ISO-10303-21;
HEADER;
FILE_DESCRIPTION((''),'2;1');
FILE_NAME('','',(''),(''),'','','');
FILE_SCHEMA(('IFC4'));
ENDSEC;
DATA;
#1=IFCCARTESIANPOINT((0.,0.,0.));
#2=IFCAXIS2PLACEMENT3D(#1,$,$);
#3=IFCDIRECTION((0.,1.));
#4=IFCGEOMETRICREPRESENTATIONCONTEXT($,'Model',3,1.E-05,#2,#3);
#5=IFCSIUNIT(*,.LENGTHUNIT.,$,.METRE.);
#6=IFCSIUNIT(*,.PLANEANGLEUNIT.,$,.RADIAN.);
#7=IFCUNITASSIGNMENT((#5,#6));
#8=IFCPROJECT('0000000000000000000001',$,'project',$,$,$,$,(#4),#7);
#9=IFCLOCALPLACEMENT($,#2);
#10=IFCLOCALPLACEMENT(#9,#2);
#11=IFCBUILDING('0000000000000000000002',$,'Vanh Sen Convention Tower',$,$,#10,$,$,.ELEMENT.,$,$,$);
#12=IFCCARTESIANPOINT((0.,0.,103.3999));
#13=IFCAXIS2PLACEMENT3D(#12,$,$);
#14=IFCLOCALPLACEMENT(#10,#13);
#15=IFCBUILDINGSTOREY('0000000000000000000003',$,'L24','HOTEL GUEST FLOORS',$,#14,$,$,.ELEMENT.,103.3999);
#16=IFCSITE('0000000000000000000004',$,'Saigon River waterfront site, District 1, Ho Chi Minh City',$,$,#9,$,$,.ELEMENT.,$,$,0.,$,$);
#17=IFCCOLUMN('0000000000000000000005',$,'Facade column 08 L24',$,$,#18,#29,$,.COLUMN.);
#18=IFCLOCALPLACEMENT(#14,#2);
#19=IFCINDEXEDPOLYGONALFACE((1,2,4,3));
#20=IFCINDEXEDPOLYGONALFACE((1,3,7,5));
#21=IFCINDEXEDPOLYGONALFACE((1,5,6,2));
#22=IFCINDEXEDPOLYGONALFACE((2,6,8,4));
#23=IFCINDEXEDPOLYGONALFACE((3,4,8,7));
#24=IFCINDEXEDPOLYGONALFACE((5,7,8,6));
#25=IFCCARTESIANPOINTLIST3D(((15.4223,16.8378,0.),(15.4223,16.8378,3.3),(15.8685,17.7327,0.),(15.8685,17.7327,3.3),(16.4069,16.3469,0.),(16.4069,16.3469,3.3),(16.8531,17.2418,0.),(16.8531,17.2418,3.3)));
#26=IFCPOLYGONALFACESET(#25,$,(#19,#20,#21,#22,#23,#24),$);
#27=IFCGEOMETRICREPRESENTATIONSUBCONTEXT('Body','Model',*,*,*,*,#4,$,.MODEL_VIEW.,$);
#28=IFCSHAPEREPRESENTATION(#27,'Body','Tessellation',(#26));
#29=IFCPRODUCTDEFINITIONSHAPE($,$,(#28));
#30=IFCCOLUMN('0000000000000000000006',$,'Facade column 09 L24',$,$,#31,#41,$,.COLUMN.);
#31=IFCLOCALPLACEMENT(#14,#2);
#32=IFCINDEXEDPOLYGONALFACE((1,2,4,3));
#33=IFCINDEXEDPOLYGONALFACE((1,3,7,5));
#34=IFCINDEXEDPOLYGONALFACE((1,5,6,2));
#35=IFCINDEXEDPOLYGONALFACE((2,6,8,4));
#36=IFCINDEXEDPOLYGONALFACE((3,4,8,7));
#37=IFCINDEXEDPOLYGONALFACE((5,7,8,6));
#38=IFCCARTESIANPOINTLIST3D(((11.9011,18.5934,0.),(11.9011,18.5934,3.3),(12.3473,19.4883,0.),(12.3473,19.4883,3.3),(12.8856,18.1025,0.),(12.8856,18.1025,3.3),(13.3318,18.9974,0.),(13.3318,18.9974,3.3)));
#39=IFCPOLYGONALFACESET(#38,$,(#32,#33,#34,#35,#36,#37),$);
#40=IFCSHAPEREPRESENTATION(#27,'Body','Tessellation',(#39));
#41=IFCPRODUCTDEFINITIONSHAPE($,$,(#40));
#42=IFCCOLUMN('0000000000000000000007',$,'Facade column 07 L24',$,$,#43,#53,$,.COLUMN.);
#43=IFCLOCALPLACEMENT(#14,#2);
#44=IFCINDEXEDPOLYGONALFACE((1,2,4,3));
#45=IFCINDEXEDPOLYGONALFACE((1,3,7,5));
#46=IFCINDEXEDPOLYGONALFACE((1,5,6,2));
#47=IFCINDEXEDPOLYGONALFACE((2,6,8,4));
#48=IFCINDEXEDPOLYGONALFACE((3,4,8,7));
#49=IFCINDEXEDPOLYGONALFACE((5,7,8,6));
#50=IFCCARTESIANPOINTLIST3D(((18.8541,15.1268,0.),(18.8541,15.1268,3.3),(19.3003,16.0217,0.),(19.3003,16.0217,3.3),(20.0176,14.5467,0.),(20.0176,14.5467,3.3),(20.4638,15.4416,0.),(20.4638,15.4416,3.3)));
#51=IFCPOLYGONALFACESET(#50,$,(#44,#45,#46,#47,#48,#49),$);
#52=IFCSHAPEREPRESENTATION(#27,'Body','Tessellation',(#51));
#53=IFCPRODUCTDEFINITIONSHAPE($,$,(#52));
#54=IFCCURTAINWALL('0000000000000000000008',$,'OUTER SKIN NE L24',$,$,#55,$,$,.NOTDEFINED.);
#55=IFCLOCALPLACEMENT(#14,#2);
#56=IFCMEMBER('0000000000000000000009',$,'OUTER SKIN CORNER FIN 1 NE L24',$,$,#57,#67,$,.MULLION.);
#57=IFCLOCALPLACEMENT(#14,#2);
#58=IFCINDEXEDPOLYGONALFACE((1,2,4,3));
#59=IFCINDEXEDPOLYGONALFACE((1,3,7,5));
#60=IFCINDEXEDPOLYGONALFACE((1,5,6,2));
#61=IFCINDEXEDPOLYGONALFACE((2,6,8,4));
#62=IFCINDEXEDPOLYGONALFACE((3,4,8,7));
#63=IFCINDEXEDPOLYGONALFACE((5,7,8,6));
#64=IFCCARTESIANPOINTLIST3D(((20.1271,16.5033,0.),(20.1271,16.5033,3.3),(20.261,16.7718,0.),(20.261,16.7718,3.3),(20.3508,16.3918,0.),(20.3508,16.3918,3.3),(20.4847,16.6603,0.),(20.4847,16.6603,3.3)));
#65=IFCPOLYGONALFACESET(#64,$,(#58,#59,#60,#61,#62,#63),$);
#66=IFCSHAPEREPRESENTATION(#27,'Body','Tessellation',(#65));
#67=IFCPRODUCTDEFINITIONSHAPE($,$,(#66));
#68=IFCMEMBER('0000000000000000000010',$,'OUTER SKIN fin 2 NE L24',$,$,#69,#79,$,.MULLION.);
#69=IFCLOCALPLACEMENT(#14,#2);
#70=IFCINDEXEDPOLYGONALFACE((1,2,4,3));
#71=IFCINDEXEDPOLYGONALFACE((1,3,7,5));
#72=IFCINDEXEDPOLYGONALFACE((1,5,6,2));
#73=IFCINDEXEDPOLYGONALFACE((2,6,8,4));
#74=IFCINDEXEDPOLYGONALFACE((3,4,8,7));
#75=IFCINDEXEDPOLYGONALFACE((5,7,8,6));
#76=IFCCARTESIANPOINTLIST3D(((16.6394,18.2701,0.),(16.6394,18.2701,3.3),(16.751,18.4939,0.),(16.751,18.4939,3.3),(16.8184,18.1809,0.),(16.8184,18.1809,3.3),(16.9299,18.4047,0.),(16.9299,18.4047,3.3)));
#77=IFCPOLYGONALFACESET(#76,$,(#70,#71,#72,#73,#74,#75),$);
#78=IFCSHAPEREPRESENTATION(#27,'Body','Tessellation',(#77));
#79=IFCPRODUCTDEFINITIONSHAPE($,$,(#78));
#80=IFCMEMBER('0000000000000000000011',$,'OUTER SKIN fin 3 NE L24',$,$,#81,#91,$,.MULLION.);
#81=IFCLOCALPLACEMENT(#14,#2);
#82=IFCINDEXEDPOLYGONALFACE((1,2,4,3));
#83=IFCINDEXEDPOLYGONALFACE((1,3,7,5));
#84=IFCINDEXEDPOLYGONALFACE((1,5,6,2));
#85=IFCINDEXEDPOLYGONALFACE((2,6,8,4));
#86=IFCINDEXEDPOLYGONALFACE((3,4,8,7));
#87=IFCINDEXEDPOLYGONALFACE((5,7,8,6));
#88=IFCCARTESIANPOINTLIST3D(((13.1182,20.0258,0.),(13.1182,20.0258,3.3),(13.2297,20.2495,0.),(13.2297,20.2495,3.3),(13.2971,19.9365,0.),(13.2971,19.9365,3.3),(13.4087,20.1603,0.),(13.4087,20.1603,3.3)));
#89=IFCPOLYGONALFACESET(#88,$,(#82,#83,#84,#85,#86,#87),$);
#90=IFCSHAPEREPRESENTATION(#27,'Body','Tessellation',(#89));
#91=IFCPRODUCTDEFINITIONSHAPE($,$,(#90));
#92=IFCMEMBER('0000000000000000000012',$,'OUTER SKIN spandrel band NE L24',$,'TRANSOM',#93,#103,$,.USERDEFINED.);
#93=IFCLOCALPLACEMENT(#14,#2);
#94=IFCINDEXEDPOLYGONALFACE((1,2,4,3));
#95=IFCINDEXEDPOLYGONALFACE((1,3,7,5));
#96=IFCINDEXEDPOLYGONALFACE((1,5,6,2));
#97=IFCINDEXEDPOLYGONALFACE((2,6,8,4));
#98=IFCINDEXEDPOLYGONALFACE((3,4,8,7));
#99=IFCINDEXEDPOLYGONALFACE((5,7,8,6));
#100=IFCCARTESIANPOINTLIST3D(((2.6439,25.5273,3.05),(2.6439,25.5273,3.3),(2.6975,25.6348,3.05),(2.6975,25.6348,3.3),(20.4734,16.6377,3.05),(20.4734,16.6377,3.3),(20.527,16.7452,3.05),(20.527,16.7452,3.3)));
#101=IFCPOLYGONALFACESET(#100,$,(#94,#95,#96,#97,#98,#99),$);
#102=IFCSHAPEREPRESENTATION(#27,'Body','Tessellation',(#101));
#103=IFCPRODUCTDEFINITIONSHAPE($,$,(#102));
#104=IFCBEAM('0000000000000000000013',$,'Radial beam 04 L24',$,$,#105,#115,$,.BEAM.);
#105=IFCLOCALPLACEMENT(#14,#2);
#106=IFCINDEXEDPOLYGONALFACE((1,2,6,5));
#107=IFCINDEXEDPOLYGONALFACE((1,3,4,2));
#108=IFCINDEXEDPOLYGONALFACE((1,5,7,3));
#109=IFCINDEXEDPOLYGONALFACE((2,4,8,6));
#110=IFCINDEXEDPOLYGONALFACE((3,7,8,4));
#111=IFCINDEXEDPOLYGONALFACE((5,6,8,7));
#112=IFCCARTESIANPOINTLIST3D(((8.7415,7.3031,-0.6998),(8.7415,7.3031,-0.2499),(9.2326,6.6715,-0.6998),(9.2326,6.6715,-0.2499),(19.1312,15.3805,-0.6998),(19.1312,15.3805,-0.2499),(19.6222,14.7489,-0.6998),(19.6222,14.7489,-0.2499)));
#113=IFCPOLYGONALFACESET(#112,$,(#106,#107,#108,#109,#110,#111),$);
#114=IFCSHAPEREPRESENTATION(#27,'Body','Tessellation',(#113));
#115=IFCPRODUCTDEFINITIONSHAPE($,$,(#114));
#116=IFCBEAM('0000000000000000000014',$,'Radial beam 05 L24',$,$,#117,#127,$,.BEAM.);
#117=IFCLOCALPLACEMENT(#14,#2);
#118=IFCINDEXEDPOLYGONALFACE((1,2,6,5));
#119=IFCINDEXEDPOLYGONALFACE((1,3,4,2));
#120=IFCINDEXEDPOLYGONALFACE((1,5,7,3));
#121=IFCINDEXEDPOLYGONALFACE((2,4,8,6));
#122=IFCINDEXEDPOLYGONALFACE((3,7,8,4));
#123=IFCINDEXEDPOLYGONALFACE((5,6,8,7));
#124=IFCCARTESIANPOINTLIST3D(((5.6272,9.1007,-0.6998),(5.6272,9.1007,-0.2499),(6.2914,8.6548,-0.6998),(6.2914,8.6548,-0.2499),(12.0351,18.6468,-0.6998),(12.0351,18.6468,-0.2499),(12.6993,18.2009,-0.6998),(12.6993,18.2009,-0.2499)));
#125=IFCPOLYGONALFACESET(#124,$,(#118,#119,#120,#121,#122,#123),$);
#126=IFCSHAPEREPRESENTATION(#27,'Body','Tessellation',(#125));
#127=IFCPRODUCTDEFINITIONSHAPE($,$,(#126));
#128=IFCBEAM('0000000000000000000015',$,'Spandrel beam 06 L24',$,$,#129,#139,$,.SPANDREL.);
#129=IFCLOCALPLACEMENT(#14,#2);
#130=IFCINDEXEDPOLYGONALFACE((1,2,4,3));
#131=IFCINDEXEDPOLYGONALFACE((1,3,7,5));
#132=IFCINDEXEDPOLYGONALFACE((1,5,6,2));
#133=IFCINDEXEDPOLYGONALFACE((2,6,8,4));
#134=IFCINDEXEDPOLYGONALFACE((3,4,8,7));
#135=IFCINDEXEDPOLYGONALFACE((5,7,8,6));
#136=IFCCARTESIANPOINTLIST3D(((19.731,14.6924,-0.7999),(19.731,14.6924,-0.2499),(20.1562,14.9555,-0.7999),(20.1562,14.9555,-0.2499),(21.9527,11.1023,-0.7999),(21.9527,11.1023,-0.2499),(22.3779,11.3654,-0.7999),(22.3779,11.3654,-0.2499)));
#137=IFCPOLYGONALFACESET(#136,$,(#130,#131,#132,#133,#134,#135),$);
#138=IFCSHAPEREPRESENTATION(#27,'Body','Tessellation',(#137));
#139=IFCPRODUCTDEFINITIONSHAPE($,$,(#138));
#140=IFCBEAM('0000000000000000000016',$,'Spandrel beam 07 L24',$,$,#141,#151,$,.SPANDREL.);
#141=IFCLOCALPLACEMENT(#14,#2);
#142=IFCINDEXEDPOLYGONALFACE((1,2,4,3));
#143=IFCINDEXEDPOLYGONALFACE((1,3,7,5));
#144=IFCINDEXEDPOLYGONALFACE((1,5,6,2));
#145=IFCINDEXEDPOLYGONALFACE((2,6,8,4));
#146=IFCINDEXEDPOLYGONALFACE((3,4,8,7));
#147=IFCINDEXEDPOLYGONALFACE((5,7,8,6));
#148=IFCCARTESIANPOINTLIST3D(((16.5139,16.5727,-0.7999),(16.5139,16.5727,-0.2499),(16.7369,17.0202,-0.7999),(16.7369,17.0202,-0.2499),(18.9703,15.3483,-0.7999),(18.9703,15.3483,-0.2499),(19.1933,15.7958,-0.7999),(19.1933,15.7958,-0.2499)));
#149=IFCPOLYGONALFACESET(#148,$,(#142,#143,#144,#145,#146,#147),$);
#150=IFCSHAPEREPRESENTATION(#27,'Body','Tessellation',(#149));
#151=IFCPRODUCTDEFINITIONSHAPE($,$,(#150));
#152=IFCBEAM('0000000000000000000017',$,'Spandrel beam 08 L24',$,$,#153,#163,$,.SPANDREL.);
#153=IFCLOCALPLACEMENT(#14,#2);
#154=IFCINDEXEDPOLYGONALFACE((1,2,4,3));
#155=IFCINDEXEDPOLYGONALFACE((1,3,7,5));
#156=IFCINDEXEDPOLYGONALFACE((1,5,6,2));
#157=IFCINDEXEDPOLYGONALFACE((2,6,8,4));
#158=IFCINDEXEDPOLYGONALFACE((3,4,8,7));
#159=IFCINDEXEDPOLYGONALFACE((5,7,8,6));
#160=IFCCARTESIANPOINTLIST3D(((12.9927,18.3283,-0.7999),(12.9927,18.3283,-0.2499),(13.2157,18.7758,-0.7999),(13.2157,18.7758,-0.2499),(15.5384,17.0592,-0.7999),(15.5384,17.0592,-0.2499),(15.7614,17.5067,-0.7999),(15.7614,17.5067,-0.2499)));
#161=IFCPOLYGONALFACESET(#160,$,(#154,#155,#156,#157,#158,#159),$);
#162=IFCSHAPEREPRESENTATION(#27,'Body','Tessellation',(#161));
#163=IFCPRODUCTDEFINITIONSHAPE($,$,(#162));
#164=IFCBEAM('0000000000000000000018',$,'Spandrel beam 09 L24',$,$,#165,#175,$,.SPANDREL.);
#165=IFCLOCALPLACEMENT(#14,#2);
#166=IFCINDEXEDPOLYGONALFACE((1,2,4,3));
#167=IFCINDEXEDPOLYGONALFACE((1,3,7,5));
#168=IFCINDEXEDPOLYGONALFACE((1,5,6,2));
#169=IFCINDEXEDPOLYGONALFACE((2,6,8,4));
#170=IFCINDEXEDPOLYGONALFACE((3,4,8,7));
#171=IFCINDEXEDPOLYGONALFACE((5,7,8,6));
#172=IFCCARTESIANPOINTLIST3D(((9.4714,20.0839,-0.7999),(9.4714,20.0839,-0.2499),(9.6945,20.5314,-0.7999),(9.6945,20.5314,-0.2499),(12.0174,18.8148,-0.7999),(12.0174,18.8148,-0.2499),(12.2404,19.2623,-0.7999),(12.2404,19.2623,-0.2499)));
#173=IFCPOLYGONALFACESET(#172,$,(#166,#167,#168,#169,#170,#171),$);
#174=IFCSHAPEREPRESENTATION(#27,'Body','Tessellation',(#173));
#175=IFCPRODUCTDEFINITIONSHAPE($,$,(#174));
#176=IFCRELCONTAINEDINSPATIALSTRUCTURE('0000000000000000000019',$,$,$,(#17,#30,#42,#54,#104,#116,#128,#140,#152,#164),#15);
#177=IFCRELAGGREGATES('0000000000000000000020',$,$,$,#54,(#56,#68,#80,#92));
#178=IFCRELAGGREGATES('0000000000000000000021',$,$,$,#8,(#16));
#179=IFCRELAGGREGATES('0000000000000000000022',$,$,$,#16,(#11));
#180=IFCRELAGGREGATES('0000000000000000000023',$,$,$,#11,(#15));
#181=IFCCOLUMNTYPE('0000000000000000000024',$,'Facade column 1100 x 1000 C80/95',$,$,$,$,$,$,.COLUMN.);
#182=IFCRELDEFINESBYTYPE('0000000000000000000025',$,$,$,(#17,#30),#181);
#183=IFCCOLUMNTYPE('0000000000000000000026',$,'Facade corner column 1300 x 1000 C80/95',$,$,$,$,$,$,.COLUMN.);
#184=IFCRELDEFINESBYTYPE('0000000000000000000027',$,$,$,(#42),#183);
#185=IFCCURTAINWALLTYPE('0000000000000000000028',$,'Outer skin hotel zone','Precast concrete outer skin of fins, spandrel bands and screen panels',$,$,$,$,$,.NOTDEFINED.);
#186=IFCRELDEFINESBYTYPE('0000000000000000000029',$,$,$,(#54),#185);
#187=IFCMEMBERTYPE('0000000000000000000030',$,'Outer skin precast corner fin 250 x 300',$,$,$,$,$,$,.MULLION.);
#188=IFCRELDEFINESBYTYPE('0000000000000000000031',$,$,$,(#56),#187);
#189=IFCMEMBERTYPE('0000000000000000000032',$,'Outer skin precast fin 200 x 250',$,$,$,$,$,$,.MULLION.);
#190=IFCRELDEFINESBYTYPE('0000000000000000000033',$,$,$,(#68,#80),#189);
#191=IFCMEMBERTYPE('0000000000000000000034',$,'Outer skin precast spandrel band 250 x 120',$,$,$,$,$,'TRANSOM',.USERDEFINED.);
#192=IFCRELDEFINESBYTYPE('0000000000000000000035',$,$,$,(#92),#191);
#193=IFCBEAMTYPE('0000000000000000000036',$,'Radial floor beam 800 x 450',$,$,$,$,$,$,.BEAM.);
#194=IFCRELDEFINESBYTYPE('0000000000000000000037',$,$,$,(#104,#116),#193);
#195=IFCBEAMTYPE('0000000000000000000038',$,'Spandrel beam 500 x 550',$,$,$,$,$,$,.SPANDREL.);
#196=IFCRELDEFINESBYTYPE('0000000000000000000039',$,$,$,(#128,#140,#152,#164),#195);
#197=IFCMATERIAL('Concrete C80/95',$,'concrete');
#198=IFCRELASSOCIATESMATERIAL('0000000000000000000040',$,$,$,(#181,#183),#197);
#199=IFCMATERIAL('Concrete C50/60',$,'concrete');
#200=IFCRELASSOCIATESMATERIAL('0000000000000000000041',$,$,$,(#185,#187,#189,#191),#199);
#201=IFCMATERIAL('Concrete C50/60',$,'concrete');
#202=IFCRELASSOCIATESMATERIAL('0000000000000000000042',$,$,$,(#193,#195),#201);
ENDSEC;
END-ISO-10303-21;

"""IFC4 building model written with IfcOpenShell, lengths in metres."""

from ifc_helpers import new_model, si_unit, direction, frame, origin, origin_2d, place, context, subcontext, project, spatial, rectangle, extrude, material, material_profile, profile_set, type_object, element, aggregate, save


model = new_model("IFC4")

# Units and contexts
model_context = context("Model", 3, precision=1e-05, world=origin(), true_north=direction((0.0, 1.0)))
body_context = subcontext(model_context, "Body", "Model", "MODEL_VIEW")
ifc_project = project(units=[si_unit("LENGTHUNIT", "METRE"), si_unit("PLANEANGLEUNIT", "RADIAN")], contexts=[model_context])

# Site, building, storey
site_placement = place(None, origin())
site = spatial("IfcSite", under=ifc_project, at=site_placement, Name="Saigon River waterfront site, District 1, Ho Chi Minh City", CompositionType="ELEMENT", RefElevation=0.0)
building_placement = place(site_placement, origin())
building = spatial("IfcBuilding", under=site, at=building_placement, Name="Vanh Sen Convention Tower", CompositionType="ELEMENT")
storey_placement = place(building_placement, frame((0.0, 0.0, 103.3999)))
storey = spatial("IfcBuildingStorey", under=building, at=storey_placement, Name="L24", Description="HOTEL GUEST FLOORS", CompositionType="ELEMENT", Elevation=103.3999)

# Columns
ifc_material_1 = material(Name="Concrete C80/95", Category="concrete")
ifc_material_profile_1 = material_profile(ifc_material_1, rectangle(XDim=1.1001, YDim=1.0, at=origin_2d()), Name="RC 1100X1000")
ifc_profile_set_1 = profile_set([ifc_material_profile_1], Name="Concrete C80/95")
column_type_1 = type_object("IfcColumnType", Name="Facade column 1100 x 1000 C80/95", PredefinedType="COLUMN", material=ifc_profile_set_1)
for number, where, z_axis, x_axis, name in (
    (1, (16.1377, 17.0398, 0.0), (0.0, 0.0, 1.0), (-0.894934, 0.446198, 0.0), "Facade column 08 L24"),
    (2, (12.6165, 18.7954, 0.0), (0.0, 0.0, 1.0), (-0.894934, 0.446198, 0.0), "Facade column 09 L24"),
):
    element("IfcColumn", number, at=place(storey_placement, frame(where, z_axis=z_axis, x_axis=x_axis)), inside=storey, type_object=column_type_1, Name=name, PredefinedType="COLUMN", context=body_context, shape_type="SweptSolid", body=[
        extrude(rectangle(XDim=1.1001, YDim=1.0, at=origin_2d()), origin(), (0.0, 0.0, 1.0), 3.3),
    ])
ifc_material_profile_2 = material_profile(ifc_material_1, rectangle(XDim=1.3, YDim=1.0, at=origin_2d()), Name="RC 1300X1000")
ifc_profile_set_2 = profile_set([ifc_material_profile_2], Name="Concrete C80/95")
column_type_2 = type_object("IfcColumnType", Name="Facade corner column 1300 x 1000 C80/95", PredefinedType="COLUMN", material=ifc_profile_set_2)
column_placement = place(storey_placement, frame((19.6589, 15.2842, 0.0), z_axis=(0.0, 0.0, 1.0), x_axis=(-0.894934, 0.446198, 0.0)))
element("IfcColumn", 3, at=column_placement, inside=storey, type_object=column_type_2, Name="Facade column 07 L24", PredefinedType="COLUMN", context=body_context, shape_type="SweptSolid", body=[
    extrude(rectangle(XDim=1.3, YDim=1.0, at=origin_2d()), origin(), (0.0, 0.0, 1.0), 3.3),
])

# Curtain wall, members
ifc_material_2 = material(Name="Concrete C50/60", Category="concrete")
curtain_wall_type = type_object("IfcCurtainWallType", Name="Outer skin hotel zone", Description="Precast concrete outer skin of fins, spandrel bands and screen panels", PredefinedType="NOTDEFINED", material=ifc_material_2)
curtain_wall_1_placement = place(storey_placement, origin())
curtain_wall_1 = element("IfcCurtainWall", 4, at=curtain_wall_1_placement, inside=storey, type_object=curtain_wall_type, Name="OUTER SKIN NE L24", PredefinedType="NOTDEFINED")
ifc_material_profile_3 = material_profile(ifc_material_2, rectangle(XDim=0.25, YDim=0.3, at=origin_2d()), Name="Outer skin precast corner fin 250 x 300")
ifc_profile_set_3 = profile_set([ifc_material_profile_3], Name="Concrete C50/60")
member_type_1 = type_object("IfcMemberType", Name="Outer skin precast corner fin 250 x 300", PredefinedType="MULLION", material=ifc_profile_set_3)
member_1_placement = place(storey_placement, frame((20.3059, 16.5818, 0.0), z_axis=(0.0, 0.0, 1.0), x_axis=(-0.894934, 0.446198, 0.0)))
member_1 = element("IfcMember", 5, at=member_1_placement, type_object=member_type_1, Name="OUTER SKIN CORNER FIN 1 NE L24", PredefinedType="MULLION", context=body_context, shape_type="SweptSolid", body=[
    extrude(rectangle(XDim=0.25, YDim=0.3, at=origin_2d()), origin(), (0.0, 0.0, 1.0), 3.3),
])
ifc_material_profile_4 = material_profile(ifc_material_2, rectangle(XDim=0.2, YDim=0.25, at=origin_2d()), Name="Outer skin precast fin 200 x 250")
ifc_profile_set_4 = profile_set([ifc_material_profile_4], Name="Concrete C50/60")
member_type_2 = type_object("IfcMemberType", Name="Outer skin precast fin 200 x 250", PredefinedType="MULLION", material=ifc_profile_set_4)
member_2_placement = place(storey_placement, frame((16.7847, 18.3374, 0.0), z_axis=(0.0, 0.0, 1.0), x_axis=(-0.894934, 0.446198, 0.0)))
member_2 = element("IfcMember", 6, at=member_2_placement, type_object=member_type_2, Name="OUTER SKIN fin 2 NE L24", PredefinedType="MULLION", context=body_context, shape_type="SweptSolid", body=[
    extrude(rectangle(XDim=0.2, YDim=0.25, at=origin_2d()), origin(), (0.0, 0.0, 1.0), 3.3),
])
member_3_placement = place(storey_placement, frame((13.2634, 20.093, 0.0), z_axis=(0.0, 0.0, 1.0), x_axis=(-0.894934, 0.446198, 0.0)))
member_3 = element("IfcMember", 7, at=member_3_placement, type_object=member_type_2, Name="OUTER SKIN fin 3 NE L24", PredefinedType="MULLION", context=body_context, shape_type="SweptSolid", body=[
    extrude(rectangle(XDim=0.2, YDim=0.25, at=origin_2d()), origin(), (0.0, 0.0, 1.0), 3.3),
])
ifc_material_profile_5 = material_profile(ifc_material_2, rectangle(XDim=0.1201, YDim=0.25, at=origin_2d()), Name="Outer skin precast spandrel band 250 x 120")
ifc_profile_set_5 = profile_set([ifc_material_profile_5], Name="Concrete C50/60")
member_type_3 = type_object("IfcMemberType", Name="Outer skin precast spandrel band 250 x 120", ElementType="TRANSOM", PredefinedType="USERDEFINED", material=ifc_profile_set_5)
member_4_placement = place(storey_placement, frame((20.5002, 16.6914, 3.175), z_axis=(-0.894931, 0.446204, 0.0), x_axis=(-0.446204, -0.894931, 0.0)))
member_4 = element("IfcMember", 8, at=member_4_placement, type_object=member_type_3, Name="OUTER SKIN spandrel band NE L24", ObjectType="TRANSOM", PredefinedType="USERDEFINED", context=body_context, shape_type="SweptSolid", body=[
    extrude(rectangle(XDim=0.1201, YDim=0.25, at=origin_2d()), origin(), (0.0, 0.0, 1.0), 19.9229),
])

# Beams
ifc_material_3 = material(Name="Concrete C50/60", Category="concrete")
ifc_material_profile_6 = material_profile(ifc_material_3, rectangle(XDim=0.8, YDim=0.45, at=origin_2d()), Name="RC 800X450")
ifc_profile_set_6 = profile_set([ifc_material_profile_6], Name="Concrete C50/60")
beam_type_1 = type_object("IfcBeamType", Name="Radial floor beam 800 x 450", PredefinedType="BEAM", material=ifc_profile_set_6)
beam_1_placement = place(storey_placement, frame((19.3767, 15.0647, -0.4749), z_axis=(-0.789479, -0.613777, 0.0), x_axis=(0.613777, -0.789479, 0.0)))
element("IfcBeam", 9, at=beam_1_placement, inside=storey, type_object=beam_type_1, Name="Radial beam 04 L24", PredefinedType="BEAM", context=body_context, shape_type="SweptSolid", body=[
    extrude(rectangle(XDim=0.8, YDim=0.45, at=origin_2d()), origin(), (0.0, 0.0, 1.0), 13.1602),
])
beam_2_placement = place(storey_placement, frame((12.3672, 18.4238, -0.4749), z_axis=(-0.557339, -0.830285, 0.0), x_axis=(0.830285, -0.557339, 0.0)))
element("IfcBeam", 10, at=beam_2_placement, inside=storey, type_object=beam_type_1, Name="Radial beam 05 L24", PredefinedType="BEAM", context=body_context, shape_type="SweptSolid", body=[
    extrude(rectangle(XDim=0.8, YDim=0.45, at=origin_2d()), origin(), (0.0, 0.0, 1.0), 11.4973),
])
ifc_material_profile_7 = material_profile(ifc_material_3, rectangle(XDim=0.5, YDim=0.55, at=origin_2d()), Name="RC 500X550")
ifc_profile_set_7 = profile_set([ifc_material_profile_7], Name="Concrete C50/60")
beam_type_2 = type_object("IfcBeamType", Name="Spandrel beam 500 x 550", PredefinedType="SPANDREL", material=ifc_profile_set_7)
beam_3_placement = place(storey_placement, frame((22.1653, 11.2339, -0.5249), z_axis=(-0.526225, 0.850345, 0.0), x_axis=(-0.850345, -0.526225, 0.0)))
element("IfcBeam", 11, at=beam_3_placement, inside=storey, type_object=beam_type_2, Name="Spandrel beam 06 L24", PredefinedType="SPANDREL", context=body_context, shape_type="SweptSolid", body=[
    extrude(rectangle(XDim=0.5, YDim=0.55, at=origin_2d()), origin(), (0.0, 0.0, 1.0), 4.2219),
])
beam_4_placement = place(storey_placement, frame((19.0818, 15.572, -0.5249), z_axis=(-0.894978, 0.44611, 0.0), x_axis=(-0.44611, -0.894978, 0.0)))
element("IfcBeam", 12, at=beam_4_placement, inside=storey, type_object=beam_type_2, Name="Spandrel beam 07 L24", PredefinedType="SPANDREL", context=body_context, shape_type="SweptSolid", body=[
    extrude(rectangle(XDim=0.5, YDim=0.55, at=origin_2d()), origin(), (0.0, 0.0, 1.0), 2.7446),
])
beam_5_placement = place(storey_placement, frame((15.6499, 17.283, -0.5249), z_axis=(-0.894959, 0.446149, 0.0), x_axis=(-0.446149, -0.894959, 0.0)))
element("IfcBeam", 13, at=beam_5_placement, inside=storey, type_object=beam_type_2, Name="Spandrel beam 08 L24", PredefinedType="SPANDREL", context=body_context, shape_type="SweptSolid", body=[
    extrude(rectangle(XDim=0.5, YDim=0.55, at=origin_2d()), origin(), (0.0, 0.0, 1.0), 2.8445),
])
beam_6_placement = place(storey_placement, frame((12.1289, 19.0386, -0.5249), z_axis=(-0.894976, 0.446115, 0.0), x_axis=(-0.446115, -0.894976, 0.0)))
element("IfcBeam", 14, at=beam_6_placement, inside=storey, type_object=beam_type_2, Name="Spandrel beam 09 L24", PredefinedType="SPANDREL", context=body_context, shape_type="SweptSolid", body=[
    extrude(rectangle(XDim=0.5, YDim=0.55, at=origin_2d()), origin(), (0.0, 0.0, 1.0), 2.8447),
])

aggregate(curtain_wall_1, [member_1, member_2, member_3, member_4])

save(model, "model.ifc")
